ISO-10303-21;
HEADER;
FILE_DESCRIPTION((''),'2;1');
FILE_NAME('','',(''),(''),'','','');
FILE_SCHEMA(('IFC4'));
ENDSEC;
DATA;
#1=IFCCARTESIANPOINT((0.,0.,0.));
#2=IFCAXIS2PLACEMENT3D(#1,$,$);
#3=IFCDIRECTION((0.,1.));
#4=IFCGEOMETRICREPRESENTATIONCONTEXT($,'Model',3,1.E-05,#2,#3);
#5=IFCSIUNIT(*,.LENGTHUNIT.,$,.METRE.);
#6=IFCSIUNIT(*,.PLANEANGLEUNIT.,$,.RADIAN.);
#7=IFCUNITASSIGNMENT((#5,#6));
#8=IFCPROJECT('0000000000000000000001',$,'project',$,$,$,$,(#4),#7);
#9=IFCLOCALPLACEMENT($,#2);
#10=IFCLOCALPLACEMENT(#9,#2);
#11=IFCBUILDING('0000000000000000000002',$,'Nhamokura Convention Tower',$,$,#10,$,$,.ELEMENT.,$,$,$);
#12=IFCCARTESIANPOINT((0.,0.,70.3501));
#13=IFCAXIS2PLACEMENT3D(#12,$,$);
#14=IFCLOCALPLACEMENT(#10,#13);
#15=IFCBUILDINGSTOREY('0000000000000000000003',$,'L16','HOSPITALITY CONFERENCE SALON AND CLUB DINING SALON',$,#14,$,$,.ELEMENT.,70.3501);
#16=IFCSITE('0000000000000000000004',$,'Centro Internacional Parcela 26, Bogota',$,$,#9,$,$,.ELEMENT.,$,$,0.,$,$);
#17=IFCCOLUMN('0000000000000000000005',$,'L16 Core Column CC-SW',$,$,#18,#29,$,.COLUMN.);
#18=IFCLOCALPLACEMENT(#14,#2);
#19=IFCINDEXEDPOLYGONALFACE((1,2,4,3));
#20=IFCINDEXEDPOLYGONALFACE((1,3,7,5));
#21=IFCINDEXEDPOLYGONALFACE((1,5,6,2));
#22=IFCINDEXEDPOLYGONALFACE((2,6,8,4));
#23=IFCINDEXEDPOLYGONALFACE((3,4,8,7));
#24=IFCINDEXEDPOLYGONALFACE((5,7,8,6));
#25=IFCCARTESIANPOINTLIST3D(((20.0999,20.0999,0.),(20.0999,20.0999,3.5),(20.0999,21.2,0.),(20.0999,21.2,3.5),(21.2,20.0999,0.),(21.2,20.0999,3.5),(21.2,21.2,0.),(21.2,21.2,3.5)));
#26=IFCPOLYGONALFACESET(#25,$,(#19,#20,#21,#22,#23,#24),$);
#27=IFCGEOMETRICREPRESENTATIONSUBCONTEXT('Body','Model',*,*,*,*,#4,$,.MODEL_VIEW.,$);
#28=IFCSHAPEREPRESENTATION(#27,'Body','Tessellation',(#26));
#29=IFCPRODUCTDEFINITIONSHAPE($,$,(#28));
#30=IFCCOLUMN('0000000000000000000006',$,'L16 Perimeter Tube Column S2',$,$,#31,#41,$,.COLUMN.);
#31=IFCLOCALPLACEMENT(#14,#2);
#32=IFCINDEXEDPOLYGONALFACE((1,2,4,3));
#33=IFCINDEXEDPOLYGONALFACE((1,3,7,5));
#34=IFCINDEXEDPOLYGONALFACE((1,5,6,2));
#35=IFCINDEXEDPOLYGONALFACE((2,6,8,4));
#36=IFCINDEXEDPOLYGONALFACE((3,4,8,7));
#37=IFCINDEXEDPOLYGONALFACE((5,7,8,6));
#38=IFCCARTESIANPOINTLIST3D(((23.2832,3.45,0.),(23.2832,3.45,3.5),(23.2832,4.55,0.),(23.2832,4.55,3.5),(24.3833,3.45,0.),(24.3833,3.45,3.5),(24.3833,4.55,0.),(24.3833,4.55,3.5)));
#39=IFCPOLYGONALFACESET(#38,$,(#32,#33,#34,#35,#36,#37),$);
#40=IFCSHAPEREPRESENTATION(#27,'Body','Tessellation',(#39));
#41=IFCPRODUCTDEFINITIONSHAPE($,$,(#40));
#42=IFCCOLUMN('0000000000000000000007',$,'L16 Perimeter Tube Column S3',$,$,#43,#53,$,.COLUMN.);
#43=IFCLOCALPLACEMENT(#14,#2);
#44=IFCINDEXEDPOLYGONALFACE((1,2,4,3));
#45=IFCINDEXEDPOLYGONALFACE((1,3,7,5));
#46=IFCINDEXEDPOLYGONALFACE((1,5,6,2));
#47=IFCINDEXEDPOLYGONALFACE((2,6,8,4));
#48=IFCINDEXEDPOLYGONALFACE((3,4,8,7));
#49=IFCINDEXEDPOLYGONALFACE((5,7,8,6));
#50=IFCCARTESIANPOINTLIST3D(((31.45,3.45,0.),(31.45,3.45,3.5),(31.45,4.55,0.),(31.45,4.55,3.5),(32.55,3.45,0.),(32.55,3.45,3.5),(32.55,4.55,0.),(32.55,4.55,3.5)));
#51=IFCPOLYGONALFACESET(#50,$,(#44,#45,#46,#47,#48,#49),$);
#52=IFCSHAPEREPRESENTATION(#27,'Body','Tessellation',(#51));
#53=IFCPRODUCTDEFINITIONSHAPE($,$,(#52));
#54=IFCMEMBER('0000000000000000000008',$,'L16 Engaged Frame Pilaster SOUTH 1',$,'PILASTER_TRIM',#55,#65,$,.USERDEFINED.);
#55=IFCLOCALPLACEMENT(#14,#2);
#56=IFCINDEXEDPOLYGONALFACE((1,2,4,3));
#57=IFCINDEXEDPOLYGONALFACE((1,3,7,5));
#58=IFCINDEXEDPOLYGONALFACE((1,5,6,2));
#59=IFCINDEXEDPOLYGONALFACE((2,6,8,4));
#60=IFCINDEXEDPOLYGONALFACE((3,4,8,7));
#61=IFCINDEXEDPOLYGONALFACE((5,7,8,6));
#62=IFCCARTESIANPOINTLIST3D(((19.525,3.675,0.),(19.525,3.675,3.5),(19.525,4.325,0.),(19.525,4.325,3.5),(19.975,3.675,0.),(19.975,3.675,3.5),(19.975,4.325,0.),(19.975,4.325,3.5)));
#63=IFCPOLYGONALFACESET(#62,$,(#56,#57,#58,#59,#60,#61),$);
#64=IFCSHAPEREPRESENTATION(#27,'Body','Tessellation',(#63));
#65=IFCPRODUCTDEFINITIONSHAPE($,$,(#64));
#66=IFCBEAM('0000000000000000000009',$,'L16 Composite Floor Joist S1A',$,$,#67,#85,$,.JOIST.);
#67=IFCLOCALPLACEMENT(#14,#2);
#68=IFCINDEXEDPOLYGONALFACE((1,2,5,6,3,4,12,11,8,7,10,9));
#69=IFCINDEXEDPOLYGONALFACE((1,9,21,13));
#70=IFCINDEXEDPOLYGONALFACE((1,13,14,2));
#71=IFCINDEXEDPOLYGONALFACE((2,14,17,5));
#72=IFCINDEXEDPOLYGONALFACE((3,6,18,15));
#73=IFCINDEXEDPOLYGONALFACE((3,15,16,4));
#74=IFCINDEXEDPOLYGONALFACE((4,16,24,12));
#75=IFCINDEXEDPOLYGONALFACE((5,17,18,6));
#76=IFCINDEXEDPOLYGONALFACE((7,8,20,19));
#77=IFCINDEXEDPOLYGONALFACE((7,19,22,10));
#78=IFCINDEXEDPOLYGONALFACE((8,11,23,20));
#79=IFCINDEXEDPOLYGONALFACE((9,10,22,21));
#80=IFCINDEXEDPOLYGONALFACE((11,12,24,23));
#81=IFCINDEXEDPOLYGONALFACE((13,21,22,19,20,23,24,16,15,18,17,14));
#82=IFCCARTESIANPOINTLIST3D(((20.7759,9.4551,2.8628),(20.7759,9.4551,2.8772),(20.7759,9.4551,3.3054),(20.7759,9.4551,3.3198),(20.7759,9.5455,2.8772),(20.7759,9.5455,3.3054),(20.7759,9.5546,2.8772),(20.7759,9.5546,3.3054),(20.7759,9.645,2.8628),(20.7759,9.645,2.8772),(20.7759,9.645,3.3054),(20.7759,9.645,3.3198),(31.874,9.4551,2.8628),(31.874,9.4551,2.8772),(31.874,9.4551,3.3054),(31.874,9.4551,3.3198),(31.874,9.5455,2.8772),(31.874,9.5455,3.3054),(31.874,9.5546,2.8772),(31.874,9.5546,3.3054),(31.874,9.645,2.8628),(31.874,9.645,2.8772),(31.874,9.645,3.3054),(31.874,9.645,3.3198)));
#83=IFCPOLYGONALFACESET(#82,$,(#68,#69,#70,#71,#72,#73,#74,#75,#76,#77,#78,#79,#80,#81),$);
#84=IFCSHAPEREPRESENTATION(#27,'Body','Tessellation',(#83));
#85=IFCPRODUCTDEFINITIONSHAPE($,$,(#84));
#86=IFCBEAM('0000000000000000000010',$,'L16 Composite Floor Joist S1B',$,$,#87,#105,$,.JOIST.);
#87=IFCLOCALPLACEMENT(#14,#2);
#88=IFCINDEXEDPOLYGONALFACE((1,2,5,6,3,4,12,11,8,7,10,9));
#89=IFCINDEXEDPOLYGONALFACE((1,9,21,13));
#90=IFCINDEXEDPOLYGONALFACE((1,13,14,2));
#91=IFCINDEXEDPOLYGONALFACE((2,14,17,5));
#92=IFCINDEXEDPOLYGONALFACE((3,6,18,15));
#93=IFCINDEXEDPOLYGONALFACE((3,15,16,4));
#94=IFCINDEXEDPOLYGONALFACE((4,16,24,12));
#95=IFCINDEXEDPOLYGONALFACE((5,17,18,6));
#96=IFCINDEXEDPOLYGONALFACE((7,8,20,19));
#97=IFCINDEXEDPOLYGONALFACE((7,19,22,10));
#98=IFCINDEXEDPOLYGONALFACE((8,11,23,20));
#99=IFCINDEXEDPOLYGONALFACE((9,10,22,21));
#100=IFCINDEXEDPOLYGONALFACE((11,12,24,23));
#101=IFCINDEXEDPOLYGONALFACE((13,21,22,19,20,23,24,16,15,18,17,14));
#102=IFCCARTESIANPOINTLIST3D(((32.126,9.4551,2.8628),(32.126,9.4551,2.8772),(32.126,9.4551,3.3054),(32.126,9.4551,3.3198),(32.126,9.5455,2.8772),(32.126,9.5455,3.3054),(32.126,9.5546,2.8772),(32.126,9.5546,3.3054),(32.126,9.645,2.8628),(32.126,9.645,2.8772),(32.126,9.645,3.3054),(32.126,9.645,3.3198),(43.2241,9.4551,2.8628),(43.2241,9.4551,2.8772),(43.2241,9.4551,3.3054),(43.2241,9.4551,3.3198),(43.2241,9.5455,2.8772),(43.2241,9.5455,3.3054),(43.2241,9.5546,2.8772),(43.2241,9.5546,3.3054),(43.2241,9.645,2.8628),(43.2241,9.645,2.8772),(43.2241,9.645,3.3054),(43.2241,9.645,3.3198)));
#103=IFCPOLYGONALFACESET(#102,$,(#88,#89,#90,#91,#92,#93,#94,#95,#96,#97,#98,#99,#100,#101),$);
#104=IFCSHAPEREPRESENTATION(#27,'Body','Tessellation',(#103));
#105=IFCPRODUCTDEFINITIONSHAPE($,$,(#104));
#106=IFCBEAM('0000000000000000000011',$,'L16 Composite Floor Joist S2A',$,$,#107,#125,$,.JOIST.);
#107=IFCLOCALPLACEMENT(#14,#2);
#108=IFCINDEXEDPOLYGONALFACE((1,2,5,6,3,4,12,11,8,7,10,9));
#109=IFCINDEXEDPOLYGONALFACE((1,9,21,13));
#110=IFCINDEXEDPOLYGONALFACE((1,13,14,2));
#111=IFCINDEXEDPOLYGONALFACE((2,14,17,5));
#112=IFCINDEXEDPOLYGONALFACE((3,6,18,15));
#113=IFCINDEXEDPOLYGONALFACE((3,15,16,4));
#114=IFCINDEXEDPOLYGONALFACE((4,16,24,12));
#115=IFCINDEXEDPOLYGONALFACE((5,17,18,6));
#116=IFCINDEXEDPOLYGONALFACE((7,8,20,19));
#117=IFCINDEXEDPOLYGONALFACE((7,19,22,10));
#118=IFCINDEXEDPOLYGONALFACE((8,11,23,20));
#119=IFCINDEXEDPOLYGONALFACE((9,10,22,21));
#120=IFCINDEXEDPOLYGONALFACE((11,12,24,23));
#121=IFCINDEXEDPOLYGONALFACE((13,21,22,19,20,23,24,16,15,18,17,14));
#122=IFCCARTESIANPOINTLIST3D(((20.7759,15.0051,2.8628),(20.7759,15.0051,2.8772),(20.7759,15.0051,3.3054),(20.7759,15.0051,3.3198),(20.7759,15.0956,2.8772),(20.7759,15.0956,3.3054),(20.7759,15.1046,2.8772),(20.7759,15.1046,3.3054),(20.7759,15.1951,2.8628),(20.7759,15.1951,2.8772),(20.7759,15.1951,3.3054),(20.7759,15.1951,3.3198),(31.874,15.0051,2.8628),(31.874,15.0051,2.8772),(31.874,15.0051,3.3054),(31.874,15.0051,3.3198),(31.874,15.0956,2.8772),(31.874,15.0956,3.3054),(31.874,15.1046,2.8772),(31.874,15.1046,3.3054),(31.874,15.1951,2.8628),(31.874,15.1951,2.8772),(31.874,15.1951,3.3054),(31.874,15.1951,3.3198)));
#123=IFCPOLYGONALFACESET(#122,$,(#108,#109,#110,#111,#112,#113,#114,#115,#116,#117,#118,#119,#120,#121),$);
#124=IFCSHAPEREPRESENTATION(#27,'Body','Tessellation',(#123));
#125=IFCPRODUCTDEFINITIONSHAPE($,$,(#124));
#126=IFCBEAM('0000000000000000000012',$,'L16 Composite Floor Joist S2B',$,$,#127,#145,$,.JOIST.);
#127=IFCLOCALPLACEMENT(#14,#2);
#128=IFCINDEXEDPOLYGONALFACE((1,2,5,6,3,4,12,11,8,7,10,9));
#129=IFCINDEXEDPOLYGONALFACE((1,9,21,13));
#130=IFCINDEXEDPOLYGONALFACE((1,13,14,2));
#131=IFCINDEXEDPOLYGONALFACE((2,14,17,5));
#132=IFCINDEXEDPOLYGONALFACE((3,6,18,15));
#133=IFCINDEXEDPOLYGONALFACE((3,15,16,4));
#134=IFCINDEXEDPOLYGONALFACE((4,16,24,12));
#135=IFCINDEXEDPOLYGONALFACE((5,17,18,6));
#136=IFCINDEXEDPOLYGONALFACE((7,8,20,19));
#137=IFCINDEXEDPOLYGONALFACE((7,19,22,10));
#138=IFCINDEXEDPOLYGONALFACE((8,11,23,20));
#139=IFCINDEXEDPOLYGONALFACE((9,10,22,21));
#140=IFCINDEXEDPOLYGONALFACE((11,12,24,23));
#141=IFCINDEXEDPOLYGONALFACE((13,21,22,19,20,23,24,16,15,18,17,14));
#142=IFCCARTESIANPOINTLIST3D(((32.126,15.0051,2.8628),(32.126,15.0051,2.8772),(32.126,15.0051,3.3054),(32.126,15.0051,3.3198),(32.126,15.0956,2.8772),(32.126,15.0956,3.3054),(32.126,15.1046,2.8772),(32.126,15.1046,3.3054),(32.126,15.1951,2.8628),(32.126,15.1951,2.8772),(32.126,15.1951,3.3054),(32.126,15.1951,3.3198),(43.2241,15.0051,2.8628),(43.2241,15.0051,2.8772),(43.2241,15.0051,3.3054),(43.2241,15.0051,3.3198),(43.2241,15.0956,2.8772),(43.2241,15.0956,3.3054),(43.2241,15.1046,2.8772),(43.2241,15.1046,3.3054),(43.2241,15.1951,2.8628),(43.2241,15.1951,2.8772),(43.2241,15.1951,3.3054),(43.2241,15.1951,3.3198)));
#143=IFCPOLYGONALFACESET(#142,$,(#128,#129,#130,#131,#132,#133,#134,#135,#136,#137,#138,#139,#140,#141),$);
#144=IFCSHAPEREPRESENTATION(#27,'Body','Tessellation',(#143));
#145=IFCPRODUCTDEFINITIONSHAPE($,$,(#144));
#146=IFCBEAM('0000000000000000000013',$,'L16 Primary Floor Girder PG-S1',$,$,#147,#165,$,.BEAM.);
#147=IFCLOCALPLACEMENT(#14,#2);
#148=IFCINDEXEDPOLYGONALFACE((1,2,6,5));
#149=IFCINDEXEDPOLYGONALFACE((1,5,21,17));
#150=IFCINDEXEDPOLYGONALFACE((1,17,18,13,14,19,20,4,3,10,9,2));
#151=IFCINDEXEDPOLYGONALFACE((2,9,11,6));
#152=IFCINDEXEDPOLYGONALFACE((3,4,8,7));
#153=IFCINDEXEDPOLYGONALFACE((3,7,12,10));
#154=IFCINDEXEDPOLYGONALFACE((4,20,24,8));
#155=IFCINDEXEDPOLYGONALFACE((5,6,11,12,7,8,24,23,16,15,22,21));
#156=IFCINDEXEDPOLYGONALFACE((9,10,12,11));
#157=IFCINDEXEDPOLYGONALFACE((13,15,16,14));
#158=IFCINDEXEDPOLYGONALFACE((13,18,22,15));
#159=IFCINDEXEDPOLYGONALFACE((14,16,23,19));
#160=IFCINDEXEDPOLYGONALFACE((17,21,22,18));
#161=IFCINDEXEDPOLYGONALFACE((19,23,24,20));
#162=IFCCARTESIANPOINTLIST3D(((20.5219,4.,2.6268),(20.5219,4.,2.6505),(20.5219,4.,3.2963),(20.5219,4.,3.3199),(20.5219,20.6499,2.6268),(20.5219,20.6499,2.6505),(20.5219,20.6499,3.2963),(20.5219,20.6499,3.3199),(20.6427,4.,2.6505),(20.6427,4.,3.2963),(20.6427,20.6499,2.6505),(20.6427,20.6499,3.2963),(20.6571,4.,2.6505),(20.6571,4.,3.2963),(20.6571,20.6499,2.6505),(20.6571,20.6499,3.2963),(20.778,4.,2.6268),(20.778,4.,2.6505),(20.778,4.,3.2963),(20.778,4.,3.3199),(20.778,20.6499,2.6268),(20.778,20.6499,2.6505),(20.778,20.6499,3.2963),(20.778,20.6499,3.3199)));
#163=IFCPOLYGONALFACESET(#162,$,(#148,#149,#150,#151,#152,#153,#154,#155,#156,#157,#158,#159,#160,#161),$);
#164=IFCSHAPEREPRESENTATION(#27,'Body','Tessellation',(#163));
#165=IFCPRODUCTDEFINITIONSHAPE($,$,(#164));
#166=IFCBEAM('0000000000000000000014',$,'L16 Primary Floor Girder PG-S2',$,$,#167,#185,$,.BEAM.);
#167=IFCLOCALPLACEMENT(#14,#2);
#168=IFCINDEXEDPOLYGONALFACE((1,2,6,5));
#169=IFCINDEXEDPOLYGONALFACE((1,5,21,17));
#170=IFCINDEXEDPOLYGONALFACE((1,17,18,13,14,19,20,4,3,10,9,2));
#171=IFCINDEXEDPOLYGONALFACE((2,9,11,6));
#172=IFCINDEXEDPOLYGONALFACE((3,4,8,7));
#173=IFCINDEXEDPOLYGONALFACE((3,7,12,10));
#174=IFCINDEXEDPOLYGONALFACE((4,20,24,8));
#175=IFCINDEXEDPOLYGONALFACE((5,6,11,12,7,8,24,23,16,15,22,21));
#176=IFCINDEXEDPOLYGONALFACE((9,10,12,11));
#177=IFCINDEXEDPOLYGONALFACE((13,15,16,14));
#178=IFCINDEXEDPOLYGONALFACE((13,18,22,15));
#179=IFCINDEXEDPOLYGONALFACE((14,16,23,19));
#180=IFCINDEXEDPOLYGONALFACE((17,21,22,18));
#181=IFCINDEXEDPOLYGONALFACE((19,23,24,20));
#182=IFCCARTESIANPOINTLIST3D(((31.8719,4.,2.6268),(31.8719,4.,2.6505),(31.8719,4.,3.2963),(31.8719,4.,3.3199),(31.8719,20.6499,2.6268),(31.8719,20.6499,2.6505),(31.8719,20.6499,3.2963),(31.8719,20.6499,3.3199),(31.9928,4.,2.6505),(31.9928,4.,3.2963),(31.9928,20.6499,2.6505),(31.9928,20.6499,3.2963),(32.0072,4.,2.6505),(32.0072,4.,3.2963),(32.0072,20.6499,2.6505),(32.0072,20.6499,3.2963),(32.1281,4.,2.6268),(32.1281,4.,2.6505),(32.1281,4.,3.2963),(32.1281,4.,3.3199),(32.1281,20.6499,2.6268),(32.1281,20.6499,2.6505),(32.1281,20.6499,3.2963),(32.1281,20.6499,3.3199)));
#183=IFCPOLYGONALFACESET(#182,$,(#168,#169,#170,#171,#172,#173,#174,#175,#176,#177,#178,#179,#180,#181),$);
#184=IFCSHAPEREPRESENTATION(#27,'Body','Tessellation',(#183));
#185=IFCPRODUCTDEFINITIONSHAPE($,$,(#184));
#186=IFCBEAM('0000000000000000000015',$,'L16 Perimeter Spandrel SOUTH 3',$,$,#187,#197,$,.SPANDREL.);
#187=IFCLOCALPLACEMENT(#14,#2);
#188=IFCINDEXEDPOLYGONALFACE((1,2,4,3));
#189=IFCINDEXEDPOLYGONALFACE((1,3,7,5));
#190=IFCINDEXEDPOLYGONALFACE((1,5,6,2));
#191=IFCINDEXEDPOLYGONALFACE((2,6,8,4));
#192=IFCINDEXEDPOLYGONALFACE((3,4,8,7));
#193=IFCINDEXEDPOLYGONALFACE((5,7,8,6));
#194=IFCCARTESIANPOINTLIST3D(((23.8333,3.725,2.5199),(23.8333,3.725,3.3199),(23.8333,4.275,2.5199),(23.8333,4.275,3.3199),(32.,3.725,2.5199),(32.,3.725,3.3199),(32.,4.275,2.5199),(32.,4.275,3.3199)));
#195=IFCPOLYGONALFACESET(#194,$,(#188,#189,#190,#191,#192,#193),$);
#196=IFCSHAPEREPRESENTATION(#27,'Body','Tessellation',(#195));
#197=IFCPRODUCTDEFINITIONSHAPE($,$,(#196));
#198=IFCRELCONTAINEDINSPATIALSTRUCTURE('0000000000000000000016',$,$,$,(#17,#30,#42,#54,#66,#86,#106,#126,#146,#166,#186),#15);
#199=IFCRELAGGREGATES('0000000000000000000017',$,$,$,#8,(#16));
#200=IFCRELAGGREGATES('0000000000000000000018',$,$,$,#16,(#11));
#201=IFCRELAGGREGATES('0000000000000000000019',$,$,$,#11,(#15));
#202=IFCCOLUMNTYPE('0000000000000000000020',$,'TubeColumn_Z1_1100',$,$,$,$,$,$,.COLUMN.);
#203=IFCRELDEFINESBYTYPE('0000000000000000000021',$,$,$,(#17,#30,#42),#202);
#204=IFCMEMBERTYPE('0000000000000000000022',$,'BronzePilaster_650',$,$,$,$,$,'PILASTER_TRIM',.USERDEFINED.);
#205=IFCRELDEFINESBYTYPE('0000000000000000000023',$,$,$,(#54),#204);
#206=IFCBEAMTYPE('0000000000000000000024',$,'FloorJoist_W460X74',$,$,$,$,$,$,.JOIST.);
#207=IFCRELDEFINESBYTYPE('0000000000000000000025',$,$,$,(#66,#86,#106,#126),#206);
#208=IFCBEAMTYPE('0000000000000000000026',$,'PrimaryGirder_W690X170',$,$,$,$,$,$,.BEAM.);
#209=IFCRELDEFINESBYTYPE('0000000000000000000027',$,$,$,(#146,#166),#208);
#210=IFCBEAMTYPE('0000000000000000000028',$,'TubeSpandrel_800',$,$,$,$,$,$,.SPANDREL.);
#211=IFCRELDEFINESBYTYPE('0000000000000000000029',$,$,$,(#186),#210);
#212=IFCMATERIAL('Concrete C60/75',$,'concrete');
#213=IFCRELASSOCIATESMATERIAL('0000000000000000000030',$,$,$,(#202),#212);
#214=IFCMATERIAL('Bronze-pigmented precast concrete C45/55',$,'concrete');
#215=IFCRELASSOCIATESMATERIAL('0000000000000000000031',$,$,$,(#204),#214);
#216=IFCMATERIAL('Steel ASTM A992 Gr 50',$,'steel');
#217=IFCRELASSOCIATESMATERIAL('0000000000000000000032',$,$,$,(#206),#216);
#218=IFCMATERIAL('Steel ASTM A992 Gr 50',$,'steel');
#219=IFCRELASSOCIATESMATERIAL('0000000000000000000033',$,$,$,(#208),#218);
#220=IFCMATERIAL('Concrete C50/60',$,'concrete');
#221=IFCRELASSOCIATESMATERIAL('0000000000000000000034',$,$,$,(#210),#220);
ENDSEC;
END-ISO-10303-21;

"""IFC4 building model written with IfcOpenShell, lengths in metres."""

from ifc_helpers import new_model, si_unit, direction, frame, origin, origin_2d, place, context, subcontext, project, spatial, rectangle, i_section, extrude, material, material_profile, profile_set, type_object, element, save


model = new_model("IFC4")

# Units and contexts
model_context = context("Model", 3, precision=1e-05, world=origin(), true_north=direction((0.0, 1.0)))
body_context = subcontext(model_context, "Body", "Model", "MODEL_VIEW")
ifc_project = project(units=[si_unit("LENGTHUNIT", "METRE"), si_unit("PLANEANGLEUNIT", "RADIAN")], contexts=[model_context])

# Site, building, storey
site_placement = place(None, origin())
site = spatial("IfcSite", under=ifc_project, at=site_placement, Name="Centro Internacional Parcela 26, Bogota", CompositionType="ELEMENT", RefElevation=0.0)
building_placement = place(site_placement, origin())
building = spatial("IfcBuilding", under=site, at=building_placement, Name="Nhamokura Convention Tower", CompositionType="ELEMENT")
storey_placement = place(building_placement, frame((0.0, 0.0, 70.3501)))
storey = spatial("IfcBuildingStorey", under=building, at=storey_placement, Name="L16", Description="HOSPITALITY CONFERENCE SALON AND CLUB DINING SALON", CompositionType="ELEMENT", Elevation=70.3501)

# Columns
ifc_material_1 = material(Name="Concrete C60/75", Category="concrete")
ifc_material_profile_1 = material_profile(ifc_material_1, rectangle(XDim=1.1001, YDim=1.1001, at=origin_2d()))
ifc_profile_set_1 = profile_set([ifc_material_profile_1], Name="Concrete C60/75")
column_type = type_object("IfcColumnType", Name="TubeColumn_Z1_1100", PredefinedType="COLUMN", material=ifc_profile_set_1)
for number, where, z_axis, x_axis, name in (
    (1, (20.6499, 20.6499, 0.0), (0.0, 0.0, 1.0), (1.0, 0.0, 0.0), "L16 Core Column CC-SW"),
    (2, (23.8333, 4.0, 0.0), (0.0, 0.0, 1.0), (1.0, 0.0, 0.0), "L16 Perimeter Tube Column S2"),
    (3, (32.0, 4.0, 0.0), (0.0, 0.0, 1.0), (1.0, 0.0, 0.0), "L16 Perimeter Tube Column S3"),
):
    element("IfcColumn", number, at=place(storey_placement, frame(where, z_axis=z_axis, x_axis=x_axis)), inside=storey, type_object=column_type, Name=name, PredefinedType="COLUMN", context=body_context, shape_type="SweptSolid", body=[
        extrude(rectangle(XDim=1.1001, YDim=1.1001, at=origin_2d()), origin(), (0.0, 0.0, 1.0), 3.5),
    ])

# Member
ifc_material_2 = material(Name="Bronze-pigmented precast concrete C45/55", Category="concrete")
ifc_material_profile_2 = material_profile(ifc_material_2, rectangle(XDim=0.45, YDim=0.6499, at=origin_2d()))
ifc_profile_set_2 = profile_set([ifc_material_profile_2], Name="Bronze-pigmented precast concrete C45/55")
member_type = type_object("IfcMemberType", Name="BronzePilaster_650", ElementType="PILASTER_TRIM", PredefinedType="USERDEFINED", material=ifc_profile_set_2)
member_placement = place(storey_placement, frame((19.75, 4.0, 0.0), z_axis=(0.0, 0.0, 1.0), x_axis=(1.0, 0.0, 0.0)))
element("IfcMember", 4, at=member_placement, inside=storey, type_object=member_type, Name="L16 Engaged Frame Pilaster SOUTH 1", ObjectType="PILASTER_TRIM", PredefinedType="USERDEFINED", context=body_context, shape_type="SweptSolid", body=[
    extrude(rectangle(XDim=0.45, YDim=0.6499, at=origin_2d()), origin(), (0.0, 0.0, 1.0), 3.5),
])

# Beams
ifc_material_3 = material(Name="Steel ASTM A992 Gr 50", Category="steel")
ifc_material_profile_3 = material_profile(ifc_material_3, i_section(OverallWidth=0.1899, OverallDepth=0.457, WebThickness=0.009, FlangeThickness=0.0144, at=origin_2d()))
ifc_profile_set_3 = profile_set([ifc_material_profile_3], Name="Steel ASTM A992 Gr 50")
beam_type_1 = type_object("IfcBeamType", Name="FloorJoist_W460X74", PredefinedType="JOIST", material=ifc_profile_set_3)
for number, where, z_axis, x_axis, name in (
    (5, (20.7759, 9.55, 3.0913), (1.0, 0.0, 0.0), (0.0, 1.0, 0.0), "L16 Composite Floor Joist S1A"),
    (6, (32.126, 9.55, 3.0913), (1.0, 0.0, 0.0), (0.0, 1.0, 0.0), "L16 Composite Floor Joist S1B"),
    (7, (20.7759, 15.1001, 3.0913), (1.0, 0.0, 0.0), (0.0, 1.0, 0.0), "L16 Composite Floor Joist S2A"),
    (8, (32.126, 15.1001, 3.0913), (1.0, 0.0, 0.0), (0.0, 1.0, 0.0), "L16 Composite Floor Joist S2B"),
):
    element("IfcBeam", number, at=place(storey_placement, frame(where, z_axis=z_axis, x_axis=x_axis)), inside=storey, type_object=beam_type_1, Name=name, PredefinedType="JOIST", context=body_context, shape_type="SweptSolid", body=[
        extrude(i_section(OverallWidth=0.1899, OverallDepth=0.457, WebThickness=0.009, FlangeThickness=0.0144, at=origin_2d()), origin(), (0.0, 0.0, 1.0), 11.0981),
    ])
ifc_material_4 = material(Name="Steel ASTM A992 Gr 50", Category="steel")
ifc_material_profile_4 = material_profile(ifc_material_4, i_section(OverallWidth=0.2561, OverallDepth=0.6931, WebThickness=0.0144, FlangeThickness=0.0237, at=origin_2d()))
ifc_profile_set_4 = profile_set([ifc_material_profile_4], Name="Steel ASTM A992 Gr 50")
beam_type_2 = type_object("IfcBeamType", Name="PrimaryGirder_W690X170", PredefinedType="BEAM", material=ifc_profile_set_4)
for number, where, z_axis, x_axis, name in (
    (9, (20.6499, 4.0, 2.9734), (0.0, 1.0, 0.0), (-1.0, 0.0, 0.0), "L16 Primary Floor Girder PG-S1"),
    (10, (32.0, 4.0, 2.9734), (0.0, 1.0, 0.0), (-1.0, 0.0, 0.0), "L16 Primary Floor Girder PG-S2"),
):
    element("IfcBeam", number, at=place(storey_placement, frame(where, z_axis=z_axis, x_axis=x_axis)), inside=storey, type_object=beam_type_2, Name=name, PredefinedType="BEAM", context=body_context, shape_type="SweptSolid", body=[
        extrude(i_section(OverallWidth=0.2561, OverallDepth=0.6931, WebThickness=0.0144, FlangeThickness=0.0237, at=origin_2d()), origin(), (0.0, 0.0, 1.0), 16.6499),
    ])
ifc_material_5 = material(Name="Concrete C50/60", Category="concrete")
ifc_material_profile_5 = material_profile(ifc_material_5, rectangle(XDim=0.55, YDim=0.8, at=origin_2d()))
ifc_profile_set_5 = profile_set([ifc_material_profile_5], Name="Concrete C50/60")
beam_type_3 = type_object("IfcBeamType", Name="TubeSpandrel_800", PredefinedType="SPANDREL", material=ifc_profile_set_5)
for number, where, z_axis, x_axis, name in (
    (11, (23.8333, 4.0, 2.9199), (1.0, 0.0, 0.0), (0.0, 1.0, 0.0), "L16 Perimeter Spandrel SOUTH 3"),
):
    element("IfcBeam", number, at=place(storey_placement, frame(where, z_axis=z_axis, x_axis=x_axis)), inside=storey, type_object=beam_type_3, Name=name, PredefinedType="SPANDREL", context=body_context, shape_type="SweptSolid", body=[
        extrude(rectangle(XDim=0.55, YDim=0.8, at=origin_2d()), origin(), (0.0, 0.0, 1.0), 8.1667),
    ])

save(model, "model.ifc")
